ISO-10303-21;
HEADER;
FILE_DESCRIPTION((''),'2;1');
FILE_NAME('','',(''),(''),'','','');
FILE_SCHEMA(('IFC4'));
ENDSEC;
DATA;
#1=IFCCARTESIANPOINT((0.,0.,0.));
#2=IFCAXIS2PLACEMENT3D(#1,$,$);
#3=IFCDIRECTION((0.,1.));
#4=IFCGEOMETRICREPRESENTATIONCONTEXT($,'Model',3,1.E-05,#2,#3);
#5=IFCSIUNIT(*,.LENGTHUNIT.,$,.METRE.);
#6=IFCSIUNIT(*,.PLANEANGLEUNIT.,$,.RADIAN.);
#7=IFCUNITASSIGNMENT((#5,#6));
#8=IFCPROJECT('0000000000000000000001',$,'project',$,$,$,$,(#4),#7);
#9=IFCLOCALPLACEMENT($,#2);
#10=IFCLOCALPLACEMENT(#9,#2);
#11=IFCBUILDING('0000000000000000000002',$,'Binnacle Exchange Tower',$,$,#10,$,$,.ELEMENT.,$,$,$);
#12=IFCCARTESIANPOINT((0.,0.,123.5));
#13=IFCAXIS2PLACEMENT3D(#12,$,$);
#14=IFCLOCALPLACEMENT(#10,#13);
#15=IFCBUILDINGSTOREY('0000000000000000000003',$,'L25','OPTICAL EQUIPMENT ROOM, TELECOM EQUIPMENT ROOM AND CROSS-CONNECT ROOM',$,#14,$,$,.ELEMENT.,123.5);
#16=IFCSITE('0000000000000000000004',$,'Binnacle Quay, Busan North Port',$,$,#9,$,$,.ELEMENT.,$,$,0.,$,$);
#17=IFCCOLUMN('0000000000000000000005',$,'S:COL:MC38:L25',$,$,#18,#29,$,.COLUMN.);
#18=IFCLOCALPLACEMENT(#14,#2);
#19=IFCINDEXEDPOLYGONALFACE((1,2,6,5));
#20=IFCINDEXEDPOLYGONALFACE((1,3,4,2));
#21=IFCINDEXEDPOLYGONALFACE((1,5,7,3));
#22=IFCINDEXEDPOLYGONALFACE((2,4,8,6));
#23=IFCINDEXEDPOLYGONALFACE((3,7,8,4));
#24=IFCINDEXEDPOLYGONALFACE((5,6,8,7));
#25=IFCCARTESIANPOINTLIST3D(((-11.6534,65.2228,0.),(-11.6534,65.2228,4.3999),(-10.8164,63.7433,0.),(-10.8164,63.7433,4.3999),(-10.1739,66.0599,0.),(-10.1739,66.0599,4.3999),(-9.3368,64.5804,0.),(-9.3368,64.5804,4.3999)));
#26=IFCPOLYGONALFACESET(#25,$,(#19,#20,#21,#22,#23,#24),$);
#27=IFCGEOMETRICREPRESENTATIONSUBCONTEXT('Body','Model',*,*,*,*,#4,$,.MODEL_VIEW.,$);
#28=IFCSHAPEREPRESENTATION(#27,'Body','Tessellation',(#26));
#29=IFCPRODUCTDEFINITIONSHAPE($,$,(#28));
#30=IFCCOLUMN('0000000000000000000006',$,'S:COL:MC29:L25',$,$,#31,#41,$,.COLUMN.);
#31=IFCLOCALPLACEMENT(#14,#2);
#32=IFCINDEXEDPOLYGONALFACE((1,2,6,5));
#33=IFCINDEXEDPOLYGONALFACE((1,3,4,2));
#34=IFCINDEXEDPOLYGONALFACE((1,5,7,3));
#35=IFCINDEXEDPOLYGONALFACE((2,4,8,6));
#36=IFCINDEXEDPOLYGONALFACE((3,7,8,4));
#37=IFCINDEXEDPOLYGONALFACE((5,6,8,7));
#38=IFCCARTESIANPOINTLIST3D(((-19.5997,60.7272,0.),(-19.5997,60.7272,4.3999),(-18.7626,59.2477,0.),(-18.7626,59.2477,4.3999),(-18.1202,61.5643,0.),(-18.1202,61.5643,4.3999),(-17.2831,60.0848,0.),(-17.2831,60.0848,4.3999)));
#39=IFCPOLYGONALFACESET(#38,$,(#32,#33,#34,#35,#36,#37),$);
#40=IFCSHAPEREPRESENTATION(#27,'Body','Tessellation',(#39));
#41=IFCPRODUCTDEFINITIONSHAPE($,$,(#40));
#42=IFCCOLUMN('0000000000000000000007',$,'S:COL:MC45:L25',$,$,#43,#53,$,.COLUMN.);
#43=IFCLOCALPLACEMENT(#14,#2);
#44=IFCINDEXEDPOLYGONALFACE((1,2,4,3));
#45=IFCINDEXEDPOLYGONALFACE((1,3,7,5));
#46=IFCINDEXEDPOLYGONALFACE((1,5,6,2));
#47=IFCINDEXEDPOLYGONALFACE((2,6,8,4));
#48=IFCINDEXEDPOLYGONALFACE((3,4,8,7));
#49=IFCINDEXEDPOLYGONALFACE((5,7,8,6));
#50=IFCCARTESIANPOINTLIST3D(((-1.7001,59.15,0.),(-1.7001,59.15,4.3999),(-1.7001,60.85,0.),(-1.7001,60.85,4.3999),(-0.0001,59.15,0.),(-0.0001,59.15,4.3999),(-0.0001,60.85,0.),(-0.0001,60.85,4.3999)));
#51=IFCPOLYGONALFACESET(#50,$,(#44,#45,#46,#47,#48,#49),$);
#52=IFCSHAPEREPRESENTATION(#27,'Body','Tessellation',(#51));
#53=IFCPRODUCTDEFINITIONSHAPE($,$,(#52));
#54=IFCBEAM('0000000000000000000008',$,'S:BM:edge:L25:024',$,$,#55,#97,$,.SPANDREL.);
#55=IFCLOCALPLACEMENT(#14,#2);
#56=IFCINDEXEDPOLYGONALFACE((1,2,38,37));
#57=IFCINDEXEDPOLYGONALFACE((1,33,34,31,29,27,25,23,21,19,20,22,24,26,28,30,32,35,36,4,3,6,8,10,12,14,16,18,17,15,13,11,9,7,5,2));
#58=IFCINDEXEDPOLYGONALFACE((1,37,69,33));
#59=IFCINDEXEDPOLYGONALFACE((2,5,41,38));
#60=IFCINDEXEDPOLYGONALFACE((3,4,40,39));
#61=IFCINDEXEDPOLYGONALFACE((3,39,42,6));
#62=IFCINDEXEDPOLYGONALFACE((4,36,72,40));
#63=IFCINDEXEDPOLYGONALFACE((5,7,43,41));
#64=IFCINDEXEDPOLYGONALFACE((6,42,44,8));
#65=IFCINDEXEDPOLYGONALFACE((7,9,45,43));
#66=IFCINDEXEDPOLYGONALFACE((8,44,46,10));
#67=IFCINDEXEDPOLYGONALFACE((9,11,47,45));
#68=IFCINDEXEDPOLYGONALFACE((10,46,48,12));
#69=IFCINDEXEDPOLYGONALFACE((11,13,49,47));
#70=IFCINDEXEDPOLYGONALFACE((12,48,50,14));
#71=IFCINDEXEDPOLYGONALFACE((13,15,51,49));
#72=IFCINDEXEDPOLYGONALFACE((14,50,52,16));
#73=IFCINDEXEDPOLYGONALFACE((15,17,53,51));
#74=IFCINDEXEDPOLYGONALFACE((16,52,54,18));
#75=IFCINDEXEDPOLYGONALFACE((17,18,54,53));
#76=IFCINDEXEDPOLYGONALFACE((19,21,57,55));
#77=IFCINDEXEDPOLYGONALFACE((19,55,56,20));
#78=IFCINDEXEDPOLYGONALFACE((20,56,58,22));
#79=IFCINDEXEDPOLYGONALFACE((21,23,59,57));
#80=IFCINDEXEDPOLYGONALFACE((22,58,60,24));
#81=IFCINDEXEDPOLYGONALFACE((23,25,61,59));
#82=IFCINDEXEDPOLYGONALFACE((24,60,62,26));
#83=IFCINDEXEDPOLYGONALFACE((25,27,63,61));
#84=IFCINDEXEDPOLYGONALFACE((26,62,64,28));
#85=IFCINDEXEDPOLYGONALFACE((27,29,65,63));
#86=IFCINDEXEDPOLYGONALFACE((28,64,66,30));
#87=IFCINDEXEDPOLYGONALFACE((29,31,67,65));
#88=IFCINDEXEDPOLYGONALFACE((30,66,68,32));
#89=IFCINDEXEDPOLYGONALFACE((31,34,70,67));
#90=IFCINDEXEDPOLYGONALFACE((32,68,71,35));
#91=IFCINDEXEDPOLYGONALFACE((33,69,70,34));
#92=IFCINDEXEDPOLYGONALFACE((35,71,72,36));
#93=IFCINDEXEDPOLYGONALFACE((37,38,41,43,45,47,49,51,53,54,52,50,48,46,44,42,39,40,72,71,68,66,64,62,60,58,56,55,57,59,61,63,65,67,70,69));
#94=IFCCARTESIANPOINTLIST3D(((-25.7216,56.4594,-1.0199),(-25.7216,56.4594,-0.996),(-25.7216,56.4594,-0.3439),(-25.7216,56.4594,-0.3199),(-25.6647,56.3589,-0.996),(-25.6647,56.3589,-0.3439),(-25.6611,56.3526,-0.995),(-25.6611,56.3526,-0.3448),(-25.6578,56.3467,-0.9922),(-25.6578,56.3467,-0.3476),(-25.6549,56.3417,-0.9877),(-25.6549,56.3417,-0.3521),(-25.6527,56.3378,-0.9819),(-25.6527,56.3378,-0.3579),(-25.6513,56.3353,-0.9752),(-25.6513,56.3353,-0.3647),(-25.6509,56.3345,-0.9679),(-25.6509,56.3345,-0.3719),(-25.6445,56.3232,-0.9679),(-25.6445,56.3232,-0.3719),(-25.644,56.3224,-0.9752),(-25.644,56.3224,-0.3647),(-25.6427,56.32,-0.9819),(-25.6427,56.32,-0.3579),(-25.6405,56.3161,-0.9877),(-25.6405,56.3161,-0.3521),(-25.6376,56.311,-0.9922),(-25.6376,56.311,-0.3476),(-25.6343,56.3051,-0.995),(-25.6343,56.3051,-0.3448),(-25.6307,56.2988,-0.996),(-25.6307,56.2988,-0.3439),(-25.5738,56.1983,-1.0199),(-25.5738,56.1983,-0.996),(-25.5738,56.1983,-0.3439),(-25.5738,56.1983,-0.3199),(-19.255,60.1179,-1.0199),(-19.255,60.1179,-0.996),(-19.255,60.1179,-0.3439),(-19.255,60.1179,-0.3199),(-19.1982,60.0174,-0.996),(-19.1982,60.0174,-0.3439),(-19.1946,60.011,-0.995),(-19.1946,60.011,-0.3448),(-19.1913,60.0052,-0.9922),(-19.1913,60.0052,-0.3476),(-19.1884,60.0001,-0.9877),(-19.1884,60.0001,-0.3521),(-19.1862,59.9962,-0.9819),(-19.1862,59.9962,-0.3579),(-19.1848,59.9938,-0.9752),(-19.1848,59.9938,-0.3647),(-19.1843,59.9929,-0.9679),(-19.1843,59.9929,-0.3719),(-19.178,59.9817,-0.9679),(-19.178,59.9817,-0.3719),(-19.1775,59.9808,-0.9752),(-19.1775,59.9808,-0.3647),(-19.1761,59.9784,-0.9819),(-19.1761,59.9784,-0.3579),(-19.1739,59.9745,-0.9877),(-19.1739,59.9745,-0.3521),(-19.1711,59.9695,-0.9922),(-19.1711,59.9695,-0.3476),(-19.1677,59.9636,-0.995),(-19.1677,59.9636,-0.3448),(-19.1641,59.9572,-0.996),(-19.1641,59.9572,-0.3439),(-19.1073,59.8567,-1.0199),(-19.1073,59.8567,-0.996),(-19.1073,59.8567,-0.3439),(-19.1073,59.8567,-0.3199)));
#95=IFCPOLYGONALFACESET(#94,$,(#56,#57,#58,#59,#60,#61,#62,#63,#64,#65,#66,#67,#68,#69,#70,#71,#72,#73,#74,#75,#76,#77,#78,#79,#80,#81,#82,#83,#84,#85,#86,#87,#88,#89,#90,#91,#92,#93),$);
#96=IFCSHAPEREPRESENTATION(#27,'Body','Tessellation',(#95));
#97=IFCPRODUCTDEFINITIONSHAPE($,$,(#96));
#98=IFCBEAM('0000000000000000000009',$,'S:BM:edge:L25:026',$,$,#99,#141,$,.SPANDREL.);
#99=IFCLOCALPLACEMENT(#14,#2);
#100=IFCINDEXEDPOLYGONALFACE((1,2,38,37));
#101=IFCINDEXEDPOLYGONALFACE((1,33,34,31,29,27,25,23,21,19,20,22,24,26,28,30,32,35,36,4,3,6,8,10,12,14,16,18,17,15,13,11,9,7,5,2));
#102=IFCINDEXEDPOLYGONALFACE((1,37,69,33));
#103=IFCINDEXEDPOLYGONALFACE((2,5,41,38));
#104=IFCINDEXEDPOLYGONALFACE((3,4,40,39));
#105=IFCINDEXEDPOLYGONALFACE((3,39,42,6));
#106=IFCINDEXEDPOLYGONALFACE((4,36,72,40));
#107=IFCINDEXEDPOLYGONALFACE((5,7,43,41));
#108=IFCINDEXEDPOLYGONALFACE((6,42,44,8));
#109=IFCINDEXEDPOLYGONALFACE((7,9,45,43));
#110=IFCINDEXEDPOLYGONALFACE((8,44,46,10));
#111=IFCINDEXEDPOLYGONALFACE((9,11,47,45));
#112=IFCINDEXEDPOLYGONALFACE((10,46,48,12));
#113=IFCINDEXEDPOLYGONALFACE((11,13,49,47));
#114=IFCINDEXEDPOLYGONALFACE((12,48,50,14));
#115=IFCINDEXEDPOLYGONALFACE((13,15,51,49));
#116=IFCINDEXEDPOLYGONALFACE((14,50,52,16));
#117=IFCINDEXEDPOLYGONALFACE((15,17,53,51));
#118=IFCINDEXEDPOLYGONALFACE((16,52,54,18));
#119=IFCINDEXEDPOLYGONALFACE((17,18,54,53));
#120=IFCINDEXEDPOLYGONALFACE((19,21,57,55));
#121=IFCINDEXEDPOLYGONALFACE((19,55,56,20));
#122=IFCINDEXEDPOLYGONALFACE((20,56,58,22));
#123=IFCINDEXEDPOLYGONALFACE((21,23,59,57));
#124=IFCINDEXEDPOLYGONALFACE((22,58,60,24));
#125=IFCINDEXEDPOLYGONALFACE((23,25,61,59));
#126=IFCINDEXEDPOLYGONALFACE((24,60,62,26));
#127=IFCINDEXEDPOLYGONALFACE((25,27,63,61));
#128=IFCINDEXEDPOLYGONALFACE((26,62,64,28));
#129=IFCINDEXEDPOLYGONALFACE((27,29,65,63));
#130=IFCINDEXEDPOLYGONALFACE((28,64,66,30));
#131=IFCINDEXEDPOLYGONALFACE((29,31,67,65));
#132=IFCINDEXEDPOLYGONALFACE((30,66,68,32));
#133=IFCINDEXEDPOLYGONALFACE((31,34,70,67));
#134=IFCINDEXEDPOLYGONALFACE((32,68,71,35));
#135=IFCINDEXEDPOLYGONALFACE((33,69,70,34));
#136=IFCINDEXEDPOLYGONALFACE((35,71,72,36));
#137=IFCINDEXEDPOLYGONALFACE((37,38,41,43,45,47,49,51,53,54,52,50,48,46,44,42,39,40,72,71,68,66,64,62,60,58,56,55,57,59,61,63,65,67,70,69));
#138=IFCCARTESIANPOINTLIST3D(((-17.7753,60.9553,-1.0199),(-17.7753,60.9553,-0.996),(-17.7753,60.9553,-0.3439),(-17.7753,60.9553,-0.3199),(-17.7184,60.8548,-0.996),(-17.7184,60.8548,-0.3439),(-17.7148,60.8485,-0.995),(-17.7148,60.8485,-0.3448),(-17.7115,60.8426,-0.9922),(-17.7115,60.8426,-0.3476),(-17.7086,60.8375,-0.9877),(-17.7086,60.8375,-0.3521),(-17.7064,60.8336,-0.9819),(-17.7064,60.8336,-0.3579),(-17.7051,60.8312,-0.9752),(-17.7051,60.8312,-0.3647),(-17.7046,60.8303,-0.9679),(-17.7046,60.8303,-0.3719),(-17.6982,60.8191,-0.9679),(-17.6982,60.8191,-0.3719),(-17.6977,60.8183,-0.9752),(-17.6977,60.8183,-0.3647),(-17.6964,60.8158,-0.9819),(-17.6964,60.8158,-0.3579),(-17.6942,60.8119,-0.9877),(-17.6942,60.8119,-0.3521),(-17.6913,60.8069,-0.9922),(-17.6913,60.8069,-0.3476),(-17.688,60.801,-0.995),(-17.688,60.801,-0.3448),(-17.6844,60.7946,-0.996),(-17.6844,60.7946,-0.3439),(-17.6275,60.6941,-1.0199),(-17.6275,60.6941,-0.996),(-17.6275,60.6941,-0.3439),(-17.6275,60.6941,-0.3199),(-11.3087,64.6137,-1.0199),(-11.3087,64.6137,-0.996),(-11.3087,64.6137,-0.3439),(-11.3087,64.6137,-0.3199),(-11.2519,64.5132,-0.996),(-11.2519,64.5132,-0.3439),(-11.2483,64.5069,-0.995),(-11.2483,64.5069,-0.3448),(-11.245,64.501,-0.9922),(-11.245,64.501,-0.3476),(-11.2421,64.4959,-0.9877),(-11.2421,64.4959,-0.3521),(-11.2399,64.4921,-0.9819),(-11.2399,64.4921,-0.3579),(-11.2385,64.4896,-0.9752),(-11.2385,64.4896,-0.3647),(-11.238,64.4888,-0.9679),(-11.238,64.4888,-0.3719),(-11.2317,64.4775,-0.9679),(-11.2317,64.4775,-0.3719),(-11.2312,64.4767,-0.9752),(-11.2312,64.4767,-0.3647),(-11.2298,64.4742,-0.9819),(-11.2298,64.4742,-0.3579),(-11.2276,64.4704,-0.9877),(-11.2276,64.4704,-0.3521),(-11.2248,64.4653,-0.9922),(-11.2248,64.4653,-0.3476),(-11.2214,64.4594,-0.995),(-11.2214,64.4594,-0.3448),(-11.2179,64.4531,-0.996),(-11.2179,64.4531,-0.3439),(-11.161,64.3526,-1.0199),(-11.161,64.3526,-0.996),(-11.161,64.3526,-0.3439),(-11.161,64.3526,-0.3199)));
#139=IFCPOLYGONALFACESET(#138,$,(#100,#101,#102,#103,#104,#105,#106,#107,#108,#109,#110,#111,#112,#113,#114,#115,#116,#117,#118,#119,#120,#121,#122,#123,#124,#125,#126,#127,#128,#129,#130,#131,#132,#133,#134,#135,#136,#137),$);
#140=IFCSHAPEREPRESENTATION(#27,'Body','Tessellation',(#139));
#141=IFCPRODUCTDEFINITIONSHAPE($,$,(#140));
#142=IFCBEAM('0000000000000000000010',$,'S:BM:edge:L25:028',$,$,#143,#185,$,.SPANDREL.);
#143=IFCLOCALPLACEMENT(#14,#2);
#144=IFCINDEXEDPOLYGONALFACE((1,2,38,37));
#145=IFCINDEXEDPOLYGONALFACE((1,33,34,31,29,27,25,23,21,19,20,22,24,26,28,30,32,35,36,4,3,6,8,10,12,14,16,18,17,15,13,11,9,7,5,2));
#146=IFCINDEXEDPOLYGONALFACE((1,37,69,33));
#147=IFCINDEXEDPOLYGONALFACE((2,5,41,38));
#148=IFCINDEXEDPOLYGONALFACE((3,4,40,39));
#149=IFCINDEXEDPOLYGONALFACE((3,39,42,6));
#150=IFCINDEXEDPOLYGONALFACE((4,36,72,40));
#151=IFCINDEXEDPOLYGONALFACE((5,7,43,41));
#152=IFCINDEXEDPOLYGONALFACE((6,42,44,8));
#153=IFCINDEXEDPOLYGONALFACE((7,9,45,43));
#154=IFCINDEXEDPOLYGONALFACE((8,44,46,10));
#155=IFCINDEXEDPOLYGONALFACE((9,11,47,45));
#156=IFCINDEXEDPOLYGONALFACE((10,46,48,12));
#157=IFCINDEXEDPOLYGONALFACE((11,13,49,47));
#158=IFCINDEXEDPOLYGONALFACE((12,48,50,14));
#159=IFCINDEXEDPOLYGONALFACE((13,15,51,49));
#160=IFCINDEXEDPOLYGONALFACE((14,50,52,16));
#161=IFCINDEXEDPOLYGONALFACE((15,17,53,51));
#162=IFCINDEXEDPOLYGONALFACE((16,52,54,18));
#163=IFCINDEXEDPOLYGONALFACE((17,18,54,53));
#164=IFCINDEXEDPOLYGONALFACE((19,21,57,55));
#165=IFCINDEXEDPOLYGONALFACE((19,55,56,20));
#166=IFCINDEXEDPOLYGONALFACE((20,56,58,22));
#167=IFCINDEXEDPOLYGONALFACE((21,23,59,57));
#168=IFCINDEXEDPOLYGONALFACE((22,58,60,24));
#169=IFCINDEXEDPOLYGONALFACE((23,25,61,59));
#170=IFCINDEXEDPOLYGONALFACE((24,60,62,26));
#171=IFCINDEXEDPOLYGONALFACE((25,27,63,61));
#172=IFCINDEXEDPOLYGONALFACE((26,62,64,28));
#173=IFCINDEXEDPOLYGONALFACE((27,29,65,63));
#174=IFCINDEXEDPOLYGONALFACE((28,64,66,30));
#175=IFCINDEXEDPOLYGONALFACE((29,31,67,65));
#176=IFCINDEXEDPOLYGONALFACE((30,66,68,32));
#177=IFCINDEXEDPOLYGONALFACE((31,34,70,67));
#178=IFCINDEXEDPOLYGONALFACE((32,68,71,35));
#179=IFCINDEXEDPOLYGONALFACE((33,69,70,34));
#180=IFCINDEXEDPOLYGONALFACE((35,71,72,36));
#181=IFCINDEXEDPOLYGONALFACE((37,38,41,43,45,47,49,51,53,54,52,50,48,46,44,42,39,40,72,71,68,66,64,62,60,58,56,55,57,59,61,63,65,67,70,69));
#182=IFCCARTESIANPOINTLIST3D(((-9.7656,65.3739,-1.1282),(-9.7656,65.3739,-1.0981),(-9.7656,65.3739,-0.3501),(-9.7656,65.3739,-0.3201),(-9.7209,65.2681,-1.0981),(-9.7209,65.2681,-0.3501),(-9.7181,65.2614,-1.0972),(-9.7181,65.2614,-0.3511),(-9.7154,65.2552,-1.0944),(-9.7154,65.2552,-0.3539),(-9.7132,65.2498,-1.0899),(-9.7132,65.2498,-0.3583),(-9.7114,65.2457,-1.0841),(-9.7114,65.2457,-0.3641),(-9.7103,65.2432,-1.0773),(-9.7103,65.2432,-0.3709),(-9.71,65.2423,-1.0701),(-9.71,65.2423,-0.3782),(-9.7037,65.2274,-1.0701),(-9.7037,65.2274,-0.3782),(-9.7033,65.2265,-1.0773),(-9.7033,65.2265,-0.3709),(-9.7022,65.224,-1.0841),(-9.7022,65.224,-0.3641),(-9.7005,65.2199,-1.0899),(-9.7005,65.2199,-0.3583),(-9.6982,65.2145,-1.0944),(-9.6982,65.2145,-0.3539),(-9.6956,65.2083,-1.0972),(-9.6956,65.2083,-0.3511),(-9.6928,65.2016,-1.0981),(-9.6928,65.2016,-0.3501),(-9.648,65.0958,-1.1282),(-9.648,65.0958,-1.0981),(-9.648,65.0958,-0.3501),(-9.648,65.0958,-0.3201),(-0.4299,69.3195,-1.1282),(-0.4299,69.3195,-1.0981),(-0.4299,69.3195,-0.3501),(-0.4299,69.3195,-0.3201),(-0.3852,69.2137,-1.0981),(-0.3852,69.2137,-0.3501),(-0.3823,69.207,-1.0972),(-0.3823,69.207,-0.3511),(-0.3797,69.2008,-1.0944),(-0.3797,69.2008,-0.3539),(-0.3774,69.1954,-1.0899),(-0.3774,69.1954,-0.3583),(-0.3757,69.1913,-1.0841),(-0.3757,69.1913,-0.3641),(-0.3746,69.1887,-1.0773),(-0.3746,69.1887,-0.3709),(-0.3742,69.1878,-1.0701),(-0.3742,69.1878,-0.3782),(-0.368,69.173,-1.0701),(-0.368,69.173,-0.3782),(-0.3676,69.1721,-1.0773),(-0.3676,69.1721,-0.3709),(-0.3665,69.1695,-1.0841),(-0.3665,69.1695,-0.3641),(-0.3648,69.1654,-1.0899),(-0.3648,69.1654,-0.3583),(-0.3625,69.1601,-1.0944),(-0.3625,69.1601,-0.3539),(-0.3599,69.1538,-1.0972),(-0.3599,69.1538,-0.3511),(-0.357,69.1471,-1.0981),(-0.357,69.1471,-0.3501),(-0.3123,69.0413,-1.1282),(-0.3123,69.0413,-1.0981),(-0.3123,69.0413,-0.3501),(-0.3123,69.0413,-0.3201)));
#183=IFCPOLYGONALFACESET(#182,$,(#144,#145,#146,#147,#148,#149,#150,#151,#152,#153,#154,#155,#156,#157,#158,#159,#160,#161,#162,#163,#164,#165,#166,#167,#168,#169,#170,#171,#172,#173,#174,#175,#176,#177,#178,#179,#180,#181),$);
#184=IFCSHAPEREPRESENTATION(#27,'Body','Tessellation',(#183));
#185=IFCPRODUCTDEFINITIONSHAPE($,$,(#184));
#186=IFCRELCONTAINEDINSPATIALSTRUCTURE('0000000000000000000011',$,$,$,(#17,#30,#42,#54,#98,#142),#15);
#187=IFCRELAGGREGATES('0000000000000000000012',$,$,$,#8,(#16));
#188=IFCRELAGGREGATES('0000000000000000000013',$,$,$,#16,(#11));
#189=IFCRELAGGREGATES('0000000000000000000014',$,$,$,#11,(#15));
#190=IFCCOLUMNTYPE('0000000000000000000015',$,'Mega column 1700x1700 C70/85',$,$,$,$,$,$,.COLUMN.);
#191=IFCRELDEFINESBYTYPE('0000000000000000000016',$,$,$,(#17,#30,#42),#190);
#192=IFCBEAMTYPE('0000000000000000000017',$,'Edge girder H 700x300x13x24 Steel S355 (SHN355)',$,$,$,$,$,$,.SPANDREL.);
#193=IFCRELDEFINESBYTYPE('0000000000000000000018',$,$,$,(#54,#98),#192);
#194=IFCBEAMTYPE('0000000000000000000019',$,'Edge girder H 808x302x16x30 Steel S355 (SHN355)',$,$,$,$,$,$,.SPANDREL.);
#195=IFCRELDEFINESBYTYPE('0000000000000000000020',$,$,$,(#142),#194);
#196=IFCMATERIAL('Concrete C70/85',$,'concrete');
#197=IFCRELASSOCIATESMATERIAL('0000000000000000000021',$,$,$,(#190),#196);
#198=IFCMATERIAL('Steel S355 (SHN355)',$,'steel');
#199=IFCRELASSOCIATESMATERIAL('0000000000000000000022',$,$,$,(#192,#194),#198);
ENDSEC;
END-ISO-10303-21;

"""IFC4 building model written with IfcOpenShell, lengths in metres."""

from ifc_helpers import new_model, si_unit, direction, frame, origin, origin_2d, place, context, subcontext, project, spatial, rectangle, i_section, extrude, material, material_profile, profile_set, type_object, element, save


model = new_model("IFC4")

# Units and contexts
model_context = context("Model", 3, precision=1e-05, world=origin(), true_north=direction((0.0, 1.0)))
body_context = subcontext(model_context, "Body", "Model", "MODEL_VIEW")
ifc_project = project(units=[si_unit("LENGTHUNIT", "METRE"), si_unit("PLANEANGLEUNIT", "RADIAN")], contexts=[model_context])

# Site, building, storey
site_placement = place(None, origin())
site = spatial("IfcSite", under=ifc_project, at=site_placement, Name="Binnacle Quay, Busan North Port", CompositionType="ELEMENT", RefElevation=0.0)
building_placement = place(site_placement, origin())
building = spatial("IfcBuilding", under=site, at=building_placement, Name="Binnacle Exchange Tower", CompositionType="ELEMENT")
storey_placement = place(building_placement, frame((0.0, 0.0, 123.5)))
storey = spatial("IfcBuildingStorey", under=building, at=storey_placement, Name="L25", Description="OPTICAL EQUIPMENT ROOM, TELECOM EQUIPMENT ROOM AND CROSS-CONNECT ROOM", CompositionType="ELEMENT", Elevation=123.5)

# Columns
ifc_material_1 = material(Name="Concrete C70/85", Category="concrete")
ifc_material_profile_1 = material_profile(ifc_material_1, rectangle(XDim=1.7, YDim=1.7, at=origin_2d()), Name="Mega column 1700x1700 C70/85")
ifc_profile_set_1 = profile_set([ifc_material_profile_1], Name="Concrete C70/85")
column_type = type_object("IfcColumnType", Name="Mega column 1700x1700 C70/85", PredefinedType="COLUMN", material=ifc_profile_set_1)
for number, where, z_axis, x_axis, name in (
    (1, (-10.4951, 64.9016, 0.0), (0.0, 0.0, 1.0), (-0.870356, -0.492424, 0.0), "S:COL:MC38:L25"),
    (2, (-18.4414, 60.406, 0.0), (0.0, 0.0, 1.0), (-0.870356, -0.492424, 0.0), "S:COL:MC29:L25"),
    (3, (-0.8501, 60.0, 0.0), (0.0, 0.0, 1.0), (0.0, 1.0, 0.0), "S:COL:MC45:L25"),
):
    element("IfcColumn", number, at=place(storey_placement, frame(where, z_axis=z_axis, x_axis=x_axis)), inside=storey, type_object=column_type, Name=name, PredefinedType="COLUMN", context=body_context, shape_type="SweptSolid", body=[
        extrude(rectangle(XDim=1.7, YDim=1.7, at=origin_2d()), origin(), (0.0, 0.0, 1.0), 4.3999),
    ])

# Beams
ifc_material_2 = material(Name="Steel S355 (SHN355)", Category="steel")
ifc_material_profile_2 = material_profile(ifc_material_2, i_section(OverallWidth=0.3, OverallDepth=0.7, WebThickness=0.0129, FlangeThickness=0.0239, FilletRadius=0.0281, at=origin_2d()), Name="H 700x300x13x24")
ifc_profile_set_2 = profile_set([ifc_material_profile_2], Name="Steel S355 (SHN355)")
beam_type_1 = type_object("IfcBeamType", Name="Edge girder H 700x300x13x24 Steel S355 (SHN355)", PredefinedType="SPANDREL", material=ifc_profile_set_2)
for number, where, z_axis, x_axis, name in (
    (4, (-19.1812, 59.9873, -0.6699), (-0.870364, -0.492408, 0.0), (0.492408, -0.870364, 0.0), "S:BM:edge:L25:024"),
    (5, (-11.2349, 64.4832, -0.6699), (-0.870364, -0.492408, 0.0), (0.492408, -0.870364, 0.0), "S:BM:edge:L25:026"),
):
    element("IfcBeam", number, at=place(storey_placement, frame(where, z_axis=z_axis, x_axis=x_axis)), inside=storey, type_object=beam_type_1, Name=name, PredefinedType="SPANDREL", context=body_context, shape_type="SweptSolid", body=[
        extrude(i_section(OverallWidth=0.3, OverallDepth=0.7, WebThickness=0.0129, FlangeThickness=0.0239, FilletRadius=0.0281, at=origin_2d()), origin(), (0.0, 0.0, 1.0), 7.4297),
    ])
ifc_material_profile_3 = material_profile(ifc_material_2, i_section(OverallWidth=0.302, OverallDepth=0.8081, WebThickness=0.0161, FlangeThickness=0.03, FilletRadius=0.0281, at=origin_2d()), Name="H 808x302x16x30")
ifc_profile_set_3 = profile_set([ifc_material_profile_3], Name="Steel S355 (SHN355)")
beam_type_2 = type_object("IfcBeamType", Name="Edge girder H 808x302x16x30 Steel S355 (SHN355)", PredefinedType="SPANDREL", material=ifc_profile_set_3)
beam_1_placement = place(storey_placement, frame((-0.3711, 69.1804, -0.7241), z_axis=(-0.921114, -0.389292, 0.0), x_axis=(0.389292, -0.921114, 0.0)))
element("IfcBeam", 6, at=beam_1_placement, inside=storey, type_object=beam_type_2, Name="S:BM:edge:L25:028", PredefinedType="SPANDREL", context=body_context, shape_type="SweptSolid", body=[
    extrude(i_section(OverallWidth=0.302, OverallDepth=0.8081, WebThickness=0.0161, FlangeThickness=0.03, FilletRadius=0.0281, at=origin_2d()), origin(), (0.0, 0.0, 1.0), 10.1353),
])

save(model, "model.ifc")
